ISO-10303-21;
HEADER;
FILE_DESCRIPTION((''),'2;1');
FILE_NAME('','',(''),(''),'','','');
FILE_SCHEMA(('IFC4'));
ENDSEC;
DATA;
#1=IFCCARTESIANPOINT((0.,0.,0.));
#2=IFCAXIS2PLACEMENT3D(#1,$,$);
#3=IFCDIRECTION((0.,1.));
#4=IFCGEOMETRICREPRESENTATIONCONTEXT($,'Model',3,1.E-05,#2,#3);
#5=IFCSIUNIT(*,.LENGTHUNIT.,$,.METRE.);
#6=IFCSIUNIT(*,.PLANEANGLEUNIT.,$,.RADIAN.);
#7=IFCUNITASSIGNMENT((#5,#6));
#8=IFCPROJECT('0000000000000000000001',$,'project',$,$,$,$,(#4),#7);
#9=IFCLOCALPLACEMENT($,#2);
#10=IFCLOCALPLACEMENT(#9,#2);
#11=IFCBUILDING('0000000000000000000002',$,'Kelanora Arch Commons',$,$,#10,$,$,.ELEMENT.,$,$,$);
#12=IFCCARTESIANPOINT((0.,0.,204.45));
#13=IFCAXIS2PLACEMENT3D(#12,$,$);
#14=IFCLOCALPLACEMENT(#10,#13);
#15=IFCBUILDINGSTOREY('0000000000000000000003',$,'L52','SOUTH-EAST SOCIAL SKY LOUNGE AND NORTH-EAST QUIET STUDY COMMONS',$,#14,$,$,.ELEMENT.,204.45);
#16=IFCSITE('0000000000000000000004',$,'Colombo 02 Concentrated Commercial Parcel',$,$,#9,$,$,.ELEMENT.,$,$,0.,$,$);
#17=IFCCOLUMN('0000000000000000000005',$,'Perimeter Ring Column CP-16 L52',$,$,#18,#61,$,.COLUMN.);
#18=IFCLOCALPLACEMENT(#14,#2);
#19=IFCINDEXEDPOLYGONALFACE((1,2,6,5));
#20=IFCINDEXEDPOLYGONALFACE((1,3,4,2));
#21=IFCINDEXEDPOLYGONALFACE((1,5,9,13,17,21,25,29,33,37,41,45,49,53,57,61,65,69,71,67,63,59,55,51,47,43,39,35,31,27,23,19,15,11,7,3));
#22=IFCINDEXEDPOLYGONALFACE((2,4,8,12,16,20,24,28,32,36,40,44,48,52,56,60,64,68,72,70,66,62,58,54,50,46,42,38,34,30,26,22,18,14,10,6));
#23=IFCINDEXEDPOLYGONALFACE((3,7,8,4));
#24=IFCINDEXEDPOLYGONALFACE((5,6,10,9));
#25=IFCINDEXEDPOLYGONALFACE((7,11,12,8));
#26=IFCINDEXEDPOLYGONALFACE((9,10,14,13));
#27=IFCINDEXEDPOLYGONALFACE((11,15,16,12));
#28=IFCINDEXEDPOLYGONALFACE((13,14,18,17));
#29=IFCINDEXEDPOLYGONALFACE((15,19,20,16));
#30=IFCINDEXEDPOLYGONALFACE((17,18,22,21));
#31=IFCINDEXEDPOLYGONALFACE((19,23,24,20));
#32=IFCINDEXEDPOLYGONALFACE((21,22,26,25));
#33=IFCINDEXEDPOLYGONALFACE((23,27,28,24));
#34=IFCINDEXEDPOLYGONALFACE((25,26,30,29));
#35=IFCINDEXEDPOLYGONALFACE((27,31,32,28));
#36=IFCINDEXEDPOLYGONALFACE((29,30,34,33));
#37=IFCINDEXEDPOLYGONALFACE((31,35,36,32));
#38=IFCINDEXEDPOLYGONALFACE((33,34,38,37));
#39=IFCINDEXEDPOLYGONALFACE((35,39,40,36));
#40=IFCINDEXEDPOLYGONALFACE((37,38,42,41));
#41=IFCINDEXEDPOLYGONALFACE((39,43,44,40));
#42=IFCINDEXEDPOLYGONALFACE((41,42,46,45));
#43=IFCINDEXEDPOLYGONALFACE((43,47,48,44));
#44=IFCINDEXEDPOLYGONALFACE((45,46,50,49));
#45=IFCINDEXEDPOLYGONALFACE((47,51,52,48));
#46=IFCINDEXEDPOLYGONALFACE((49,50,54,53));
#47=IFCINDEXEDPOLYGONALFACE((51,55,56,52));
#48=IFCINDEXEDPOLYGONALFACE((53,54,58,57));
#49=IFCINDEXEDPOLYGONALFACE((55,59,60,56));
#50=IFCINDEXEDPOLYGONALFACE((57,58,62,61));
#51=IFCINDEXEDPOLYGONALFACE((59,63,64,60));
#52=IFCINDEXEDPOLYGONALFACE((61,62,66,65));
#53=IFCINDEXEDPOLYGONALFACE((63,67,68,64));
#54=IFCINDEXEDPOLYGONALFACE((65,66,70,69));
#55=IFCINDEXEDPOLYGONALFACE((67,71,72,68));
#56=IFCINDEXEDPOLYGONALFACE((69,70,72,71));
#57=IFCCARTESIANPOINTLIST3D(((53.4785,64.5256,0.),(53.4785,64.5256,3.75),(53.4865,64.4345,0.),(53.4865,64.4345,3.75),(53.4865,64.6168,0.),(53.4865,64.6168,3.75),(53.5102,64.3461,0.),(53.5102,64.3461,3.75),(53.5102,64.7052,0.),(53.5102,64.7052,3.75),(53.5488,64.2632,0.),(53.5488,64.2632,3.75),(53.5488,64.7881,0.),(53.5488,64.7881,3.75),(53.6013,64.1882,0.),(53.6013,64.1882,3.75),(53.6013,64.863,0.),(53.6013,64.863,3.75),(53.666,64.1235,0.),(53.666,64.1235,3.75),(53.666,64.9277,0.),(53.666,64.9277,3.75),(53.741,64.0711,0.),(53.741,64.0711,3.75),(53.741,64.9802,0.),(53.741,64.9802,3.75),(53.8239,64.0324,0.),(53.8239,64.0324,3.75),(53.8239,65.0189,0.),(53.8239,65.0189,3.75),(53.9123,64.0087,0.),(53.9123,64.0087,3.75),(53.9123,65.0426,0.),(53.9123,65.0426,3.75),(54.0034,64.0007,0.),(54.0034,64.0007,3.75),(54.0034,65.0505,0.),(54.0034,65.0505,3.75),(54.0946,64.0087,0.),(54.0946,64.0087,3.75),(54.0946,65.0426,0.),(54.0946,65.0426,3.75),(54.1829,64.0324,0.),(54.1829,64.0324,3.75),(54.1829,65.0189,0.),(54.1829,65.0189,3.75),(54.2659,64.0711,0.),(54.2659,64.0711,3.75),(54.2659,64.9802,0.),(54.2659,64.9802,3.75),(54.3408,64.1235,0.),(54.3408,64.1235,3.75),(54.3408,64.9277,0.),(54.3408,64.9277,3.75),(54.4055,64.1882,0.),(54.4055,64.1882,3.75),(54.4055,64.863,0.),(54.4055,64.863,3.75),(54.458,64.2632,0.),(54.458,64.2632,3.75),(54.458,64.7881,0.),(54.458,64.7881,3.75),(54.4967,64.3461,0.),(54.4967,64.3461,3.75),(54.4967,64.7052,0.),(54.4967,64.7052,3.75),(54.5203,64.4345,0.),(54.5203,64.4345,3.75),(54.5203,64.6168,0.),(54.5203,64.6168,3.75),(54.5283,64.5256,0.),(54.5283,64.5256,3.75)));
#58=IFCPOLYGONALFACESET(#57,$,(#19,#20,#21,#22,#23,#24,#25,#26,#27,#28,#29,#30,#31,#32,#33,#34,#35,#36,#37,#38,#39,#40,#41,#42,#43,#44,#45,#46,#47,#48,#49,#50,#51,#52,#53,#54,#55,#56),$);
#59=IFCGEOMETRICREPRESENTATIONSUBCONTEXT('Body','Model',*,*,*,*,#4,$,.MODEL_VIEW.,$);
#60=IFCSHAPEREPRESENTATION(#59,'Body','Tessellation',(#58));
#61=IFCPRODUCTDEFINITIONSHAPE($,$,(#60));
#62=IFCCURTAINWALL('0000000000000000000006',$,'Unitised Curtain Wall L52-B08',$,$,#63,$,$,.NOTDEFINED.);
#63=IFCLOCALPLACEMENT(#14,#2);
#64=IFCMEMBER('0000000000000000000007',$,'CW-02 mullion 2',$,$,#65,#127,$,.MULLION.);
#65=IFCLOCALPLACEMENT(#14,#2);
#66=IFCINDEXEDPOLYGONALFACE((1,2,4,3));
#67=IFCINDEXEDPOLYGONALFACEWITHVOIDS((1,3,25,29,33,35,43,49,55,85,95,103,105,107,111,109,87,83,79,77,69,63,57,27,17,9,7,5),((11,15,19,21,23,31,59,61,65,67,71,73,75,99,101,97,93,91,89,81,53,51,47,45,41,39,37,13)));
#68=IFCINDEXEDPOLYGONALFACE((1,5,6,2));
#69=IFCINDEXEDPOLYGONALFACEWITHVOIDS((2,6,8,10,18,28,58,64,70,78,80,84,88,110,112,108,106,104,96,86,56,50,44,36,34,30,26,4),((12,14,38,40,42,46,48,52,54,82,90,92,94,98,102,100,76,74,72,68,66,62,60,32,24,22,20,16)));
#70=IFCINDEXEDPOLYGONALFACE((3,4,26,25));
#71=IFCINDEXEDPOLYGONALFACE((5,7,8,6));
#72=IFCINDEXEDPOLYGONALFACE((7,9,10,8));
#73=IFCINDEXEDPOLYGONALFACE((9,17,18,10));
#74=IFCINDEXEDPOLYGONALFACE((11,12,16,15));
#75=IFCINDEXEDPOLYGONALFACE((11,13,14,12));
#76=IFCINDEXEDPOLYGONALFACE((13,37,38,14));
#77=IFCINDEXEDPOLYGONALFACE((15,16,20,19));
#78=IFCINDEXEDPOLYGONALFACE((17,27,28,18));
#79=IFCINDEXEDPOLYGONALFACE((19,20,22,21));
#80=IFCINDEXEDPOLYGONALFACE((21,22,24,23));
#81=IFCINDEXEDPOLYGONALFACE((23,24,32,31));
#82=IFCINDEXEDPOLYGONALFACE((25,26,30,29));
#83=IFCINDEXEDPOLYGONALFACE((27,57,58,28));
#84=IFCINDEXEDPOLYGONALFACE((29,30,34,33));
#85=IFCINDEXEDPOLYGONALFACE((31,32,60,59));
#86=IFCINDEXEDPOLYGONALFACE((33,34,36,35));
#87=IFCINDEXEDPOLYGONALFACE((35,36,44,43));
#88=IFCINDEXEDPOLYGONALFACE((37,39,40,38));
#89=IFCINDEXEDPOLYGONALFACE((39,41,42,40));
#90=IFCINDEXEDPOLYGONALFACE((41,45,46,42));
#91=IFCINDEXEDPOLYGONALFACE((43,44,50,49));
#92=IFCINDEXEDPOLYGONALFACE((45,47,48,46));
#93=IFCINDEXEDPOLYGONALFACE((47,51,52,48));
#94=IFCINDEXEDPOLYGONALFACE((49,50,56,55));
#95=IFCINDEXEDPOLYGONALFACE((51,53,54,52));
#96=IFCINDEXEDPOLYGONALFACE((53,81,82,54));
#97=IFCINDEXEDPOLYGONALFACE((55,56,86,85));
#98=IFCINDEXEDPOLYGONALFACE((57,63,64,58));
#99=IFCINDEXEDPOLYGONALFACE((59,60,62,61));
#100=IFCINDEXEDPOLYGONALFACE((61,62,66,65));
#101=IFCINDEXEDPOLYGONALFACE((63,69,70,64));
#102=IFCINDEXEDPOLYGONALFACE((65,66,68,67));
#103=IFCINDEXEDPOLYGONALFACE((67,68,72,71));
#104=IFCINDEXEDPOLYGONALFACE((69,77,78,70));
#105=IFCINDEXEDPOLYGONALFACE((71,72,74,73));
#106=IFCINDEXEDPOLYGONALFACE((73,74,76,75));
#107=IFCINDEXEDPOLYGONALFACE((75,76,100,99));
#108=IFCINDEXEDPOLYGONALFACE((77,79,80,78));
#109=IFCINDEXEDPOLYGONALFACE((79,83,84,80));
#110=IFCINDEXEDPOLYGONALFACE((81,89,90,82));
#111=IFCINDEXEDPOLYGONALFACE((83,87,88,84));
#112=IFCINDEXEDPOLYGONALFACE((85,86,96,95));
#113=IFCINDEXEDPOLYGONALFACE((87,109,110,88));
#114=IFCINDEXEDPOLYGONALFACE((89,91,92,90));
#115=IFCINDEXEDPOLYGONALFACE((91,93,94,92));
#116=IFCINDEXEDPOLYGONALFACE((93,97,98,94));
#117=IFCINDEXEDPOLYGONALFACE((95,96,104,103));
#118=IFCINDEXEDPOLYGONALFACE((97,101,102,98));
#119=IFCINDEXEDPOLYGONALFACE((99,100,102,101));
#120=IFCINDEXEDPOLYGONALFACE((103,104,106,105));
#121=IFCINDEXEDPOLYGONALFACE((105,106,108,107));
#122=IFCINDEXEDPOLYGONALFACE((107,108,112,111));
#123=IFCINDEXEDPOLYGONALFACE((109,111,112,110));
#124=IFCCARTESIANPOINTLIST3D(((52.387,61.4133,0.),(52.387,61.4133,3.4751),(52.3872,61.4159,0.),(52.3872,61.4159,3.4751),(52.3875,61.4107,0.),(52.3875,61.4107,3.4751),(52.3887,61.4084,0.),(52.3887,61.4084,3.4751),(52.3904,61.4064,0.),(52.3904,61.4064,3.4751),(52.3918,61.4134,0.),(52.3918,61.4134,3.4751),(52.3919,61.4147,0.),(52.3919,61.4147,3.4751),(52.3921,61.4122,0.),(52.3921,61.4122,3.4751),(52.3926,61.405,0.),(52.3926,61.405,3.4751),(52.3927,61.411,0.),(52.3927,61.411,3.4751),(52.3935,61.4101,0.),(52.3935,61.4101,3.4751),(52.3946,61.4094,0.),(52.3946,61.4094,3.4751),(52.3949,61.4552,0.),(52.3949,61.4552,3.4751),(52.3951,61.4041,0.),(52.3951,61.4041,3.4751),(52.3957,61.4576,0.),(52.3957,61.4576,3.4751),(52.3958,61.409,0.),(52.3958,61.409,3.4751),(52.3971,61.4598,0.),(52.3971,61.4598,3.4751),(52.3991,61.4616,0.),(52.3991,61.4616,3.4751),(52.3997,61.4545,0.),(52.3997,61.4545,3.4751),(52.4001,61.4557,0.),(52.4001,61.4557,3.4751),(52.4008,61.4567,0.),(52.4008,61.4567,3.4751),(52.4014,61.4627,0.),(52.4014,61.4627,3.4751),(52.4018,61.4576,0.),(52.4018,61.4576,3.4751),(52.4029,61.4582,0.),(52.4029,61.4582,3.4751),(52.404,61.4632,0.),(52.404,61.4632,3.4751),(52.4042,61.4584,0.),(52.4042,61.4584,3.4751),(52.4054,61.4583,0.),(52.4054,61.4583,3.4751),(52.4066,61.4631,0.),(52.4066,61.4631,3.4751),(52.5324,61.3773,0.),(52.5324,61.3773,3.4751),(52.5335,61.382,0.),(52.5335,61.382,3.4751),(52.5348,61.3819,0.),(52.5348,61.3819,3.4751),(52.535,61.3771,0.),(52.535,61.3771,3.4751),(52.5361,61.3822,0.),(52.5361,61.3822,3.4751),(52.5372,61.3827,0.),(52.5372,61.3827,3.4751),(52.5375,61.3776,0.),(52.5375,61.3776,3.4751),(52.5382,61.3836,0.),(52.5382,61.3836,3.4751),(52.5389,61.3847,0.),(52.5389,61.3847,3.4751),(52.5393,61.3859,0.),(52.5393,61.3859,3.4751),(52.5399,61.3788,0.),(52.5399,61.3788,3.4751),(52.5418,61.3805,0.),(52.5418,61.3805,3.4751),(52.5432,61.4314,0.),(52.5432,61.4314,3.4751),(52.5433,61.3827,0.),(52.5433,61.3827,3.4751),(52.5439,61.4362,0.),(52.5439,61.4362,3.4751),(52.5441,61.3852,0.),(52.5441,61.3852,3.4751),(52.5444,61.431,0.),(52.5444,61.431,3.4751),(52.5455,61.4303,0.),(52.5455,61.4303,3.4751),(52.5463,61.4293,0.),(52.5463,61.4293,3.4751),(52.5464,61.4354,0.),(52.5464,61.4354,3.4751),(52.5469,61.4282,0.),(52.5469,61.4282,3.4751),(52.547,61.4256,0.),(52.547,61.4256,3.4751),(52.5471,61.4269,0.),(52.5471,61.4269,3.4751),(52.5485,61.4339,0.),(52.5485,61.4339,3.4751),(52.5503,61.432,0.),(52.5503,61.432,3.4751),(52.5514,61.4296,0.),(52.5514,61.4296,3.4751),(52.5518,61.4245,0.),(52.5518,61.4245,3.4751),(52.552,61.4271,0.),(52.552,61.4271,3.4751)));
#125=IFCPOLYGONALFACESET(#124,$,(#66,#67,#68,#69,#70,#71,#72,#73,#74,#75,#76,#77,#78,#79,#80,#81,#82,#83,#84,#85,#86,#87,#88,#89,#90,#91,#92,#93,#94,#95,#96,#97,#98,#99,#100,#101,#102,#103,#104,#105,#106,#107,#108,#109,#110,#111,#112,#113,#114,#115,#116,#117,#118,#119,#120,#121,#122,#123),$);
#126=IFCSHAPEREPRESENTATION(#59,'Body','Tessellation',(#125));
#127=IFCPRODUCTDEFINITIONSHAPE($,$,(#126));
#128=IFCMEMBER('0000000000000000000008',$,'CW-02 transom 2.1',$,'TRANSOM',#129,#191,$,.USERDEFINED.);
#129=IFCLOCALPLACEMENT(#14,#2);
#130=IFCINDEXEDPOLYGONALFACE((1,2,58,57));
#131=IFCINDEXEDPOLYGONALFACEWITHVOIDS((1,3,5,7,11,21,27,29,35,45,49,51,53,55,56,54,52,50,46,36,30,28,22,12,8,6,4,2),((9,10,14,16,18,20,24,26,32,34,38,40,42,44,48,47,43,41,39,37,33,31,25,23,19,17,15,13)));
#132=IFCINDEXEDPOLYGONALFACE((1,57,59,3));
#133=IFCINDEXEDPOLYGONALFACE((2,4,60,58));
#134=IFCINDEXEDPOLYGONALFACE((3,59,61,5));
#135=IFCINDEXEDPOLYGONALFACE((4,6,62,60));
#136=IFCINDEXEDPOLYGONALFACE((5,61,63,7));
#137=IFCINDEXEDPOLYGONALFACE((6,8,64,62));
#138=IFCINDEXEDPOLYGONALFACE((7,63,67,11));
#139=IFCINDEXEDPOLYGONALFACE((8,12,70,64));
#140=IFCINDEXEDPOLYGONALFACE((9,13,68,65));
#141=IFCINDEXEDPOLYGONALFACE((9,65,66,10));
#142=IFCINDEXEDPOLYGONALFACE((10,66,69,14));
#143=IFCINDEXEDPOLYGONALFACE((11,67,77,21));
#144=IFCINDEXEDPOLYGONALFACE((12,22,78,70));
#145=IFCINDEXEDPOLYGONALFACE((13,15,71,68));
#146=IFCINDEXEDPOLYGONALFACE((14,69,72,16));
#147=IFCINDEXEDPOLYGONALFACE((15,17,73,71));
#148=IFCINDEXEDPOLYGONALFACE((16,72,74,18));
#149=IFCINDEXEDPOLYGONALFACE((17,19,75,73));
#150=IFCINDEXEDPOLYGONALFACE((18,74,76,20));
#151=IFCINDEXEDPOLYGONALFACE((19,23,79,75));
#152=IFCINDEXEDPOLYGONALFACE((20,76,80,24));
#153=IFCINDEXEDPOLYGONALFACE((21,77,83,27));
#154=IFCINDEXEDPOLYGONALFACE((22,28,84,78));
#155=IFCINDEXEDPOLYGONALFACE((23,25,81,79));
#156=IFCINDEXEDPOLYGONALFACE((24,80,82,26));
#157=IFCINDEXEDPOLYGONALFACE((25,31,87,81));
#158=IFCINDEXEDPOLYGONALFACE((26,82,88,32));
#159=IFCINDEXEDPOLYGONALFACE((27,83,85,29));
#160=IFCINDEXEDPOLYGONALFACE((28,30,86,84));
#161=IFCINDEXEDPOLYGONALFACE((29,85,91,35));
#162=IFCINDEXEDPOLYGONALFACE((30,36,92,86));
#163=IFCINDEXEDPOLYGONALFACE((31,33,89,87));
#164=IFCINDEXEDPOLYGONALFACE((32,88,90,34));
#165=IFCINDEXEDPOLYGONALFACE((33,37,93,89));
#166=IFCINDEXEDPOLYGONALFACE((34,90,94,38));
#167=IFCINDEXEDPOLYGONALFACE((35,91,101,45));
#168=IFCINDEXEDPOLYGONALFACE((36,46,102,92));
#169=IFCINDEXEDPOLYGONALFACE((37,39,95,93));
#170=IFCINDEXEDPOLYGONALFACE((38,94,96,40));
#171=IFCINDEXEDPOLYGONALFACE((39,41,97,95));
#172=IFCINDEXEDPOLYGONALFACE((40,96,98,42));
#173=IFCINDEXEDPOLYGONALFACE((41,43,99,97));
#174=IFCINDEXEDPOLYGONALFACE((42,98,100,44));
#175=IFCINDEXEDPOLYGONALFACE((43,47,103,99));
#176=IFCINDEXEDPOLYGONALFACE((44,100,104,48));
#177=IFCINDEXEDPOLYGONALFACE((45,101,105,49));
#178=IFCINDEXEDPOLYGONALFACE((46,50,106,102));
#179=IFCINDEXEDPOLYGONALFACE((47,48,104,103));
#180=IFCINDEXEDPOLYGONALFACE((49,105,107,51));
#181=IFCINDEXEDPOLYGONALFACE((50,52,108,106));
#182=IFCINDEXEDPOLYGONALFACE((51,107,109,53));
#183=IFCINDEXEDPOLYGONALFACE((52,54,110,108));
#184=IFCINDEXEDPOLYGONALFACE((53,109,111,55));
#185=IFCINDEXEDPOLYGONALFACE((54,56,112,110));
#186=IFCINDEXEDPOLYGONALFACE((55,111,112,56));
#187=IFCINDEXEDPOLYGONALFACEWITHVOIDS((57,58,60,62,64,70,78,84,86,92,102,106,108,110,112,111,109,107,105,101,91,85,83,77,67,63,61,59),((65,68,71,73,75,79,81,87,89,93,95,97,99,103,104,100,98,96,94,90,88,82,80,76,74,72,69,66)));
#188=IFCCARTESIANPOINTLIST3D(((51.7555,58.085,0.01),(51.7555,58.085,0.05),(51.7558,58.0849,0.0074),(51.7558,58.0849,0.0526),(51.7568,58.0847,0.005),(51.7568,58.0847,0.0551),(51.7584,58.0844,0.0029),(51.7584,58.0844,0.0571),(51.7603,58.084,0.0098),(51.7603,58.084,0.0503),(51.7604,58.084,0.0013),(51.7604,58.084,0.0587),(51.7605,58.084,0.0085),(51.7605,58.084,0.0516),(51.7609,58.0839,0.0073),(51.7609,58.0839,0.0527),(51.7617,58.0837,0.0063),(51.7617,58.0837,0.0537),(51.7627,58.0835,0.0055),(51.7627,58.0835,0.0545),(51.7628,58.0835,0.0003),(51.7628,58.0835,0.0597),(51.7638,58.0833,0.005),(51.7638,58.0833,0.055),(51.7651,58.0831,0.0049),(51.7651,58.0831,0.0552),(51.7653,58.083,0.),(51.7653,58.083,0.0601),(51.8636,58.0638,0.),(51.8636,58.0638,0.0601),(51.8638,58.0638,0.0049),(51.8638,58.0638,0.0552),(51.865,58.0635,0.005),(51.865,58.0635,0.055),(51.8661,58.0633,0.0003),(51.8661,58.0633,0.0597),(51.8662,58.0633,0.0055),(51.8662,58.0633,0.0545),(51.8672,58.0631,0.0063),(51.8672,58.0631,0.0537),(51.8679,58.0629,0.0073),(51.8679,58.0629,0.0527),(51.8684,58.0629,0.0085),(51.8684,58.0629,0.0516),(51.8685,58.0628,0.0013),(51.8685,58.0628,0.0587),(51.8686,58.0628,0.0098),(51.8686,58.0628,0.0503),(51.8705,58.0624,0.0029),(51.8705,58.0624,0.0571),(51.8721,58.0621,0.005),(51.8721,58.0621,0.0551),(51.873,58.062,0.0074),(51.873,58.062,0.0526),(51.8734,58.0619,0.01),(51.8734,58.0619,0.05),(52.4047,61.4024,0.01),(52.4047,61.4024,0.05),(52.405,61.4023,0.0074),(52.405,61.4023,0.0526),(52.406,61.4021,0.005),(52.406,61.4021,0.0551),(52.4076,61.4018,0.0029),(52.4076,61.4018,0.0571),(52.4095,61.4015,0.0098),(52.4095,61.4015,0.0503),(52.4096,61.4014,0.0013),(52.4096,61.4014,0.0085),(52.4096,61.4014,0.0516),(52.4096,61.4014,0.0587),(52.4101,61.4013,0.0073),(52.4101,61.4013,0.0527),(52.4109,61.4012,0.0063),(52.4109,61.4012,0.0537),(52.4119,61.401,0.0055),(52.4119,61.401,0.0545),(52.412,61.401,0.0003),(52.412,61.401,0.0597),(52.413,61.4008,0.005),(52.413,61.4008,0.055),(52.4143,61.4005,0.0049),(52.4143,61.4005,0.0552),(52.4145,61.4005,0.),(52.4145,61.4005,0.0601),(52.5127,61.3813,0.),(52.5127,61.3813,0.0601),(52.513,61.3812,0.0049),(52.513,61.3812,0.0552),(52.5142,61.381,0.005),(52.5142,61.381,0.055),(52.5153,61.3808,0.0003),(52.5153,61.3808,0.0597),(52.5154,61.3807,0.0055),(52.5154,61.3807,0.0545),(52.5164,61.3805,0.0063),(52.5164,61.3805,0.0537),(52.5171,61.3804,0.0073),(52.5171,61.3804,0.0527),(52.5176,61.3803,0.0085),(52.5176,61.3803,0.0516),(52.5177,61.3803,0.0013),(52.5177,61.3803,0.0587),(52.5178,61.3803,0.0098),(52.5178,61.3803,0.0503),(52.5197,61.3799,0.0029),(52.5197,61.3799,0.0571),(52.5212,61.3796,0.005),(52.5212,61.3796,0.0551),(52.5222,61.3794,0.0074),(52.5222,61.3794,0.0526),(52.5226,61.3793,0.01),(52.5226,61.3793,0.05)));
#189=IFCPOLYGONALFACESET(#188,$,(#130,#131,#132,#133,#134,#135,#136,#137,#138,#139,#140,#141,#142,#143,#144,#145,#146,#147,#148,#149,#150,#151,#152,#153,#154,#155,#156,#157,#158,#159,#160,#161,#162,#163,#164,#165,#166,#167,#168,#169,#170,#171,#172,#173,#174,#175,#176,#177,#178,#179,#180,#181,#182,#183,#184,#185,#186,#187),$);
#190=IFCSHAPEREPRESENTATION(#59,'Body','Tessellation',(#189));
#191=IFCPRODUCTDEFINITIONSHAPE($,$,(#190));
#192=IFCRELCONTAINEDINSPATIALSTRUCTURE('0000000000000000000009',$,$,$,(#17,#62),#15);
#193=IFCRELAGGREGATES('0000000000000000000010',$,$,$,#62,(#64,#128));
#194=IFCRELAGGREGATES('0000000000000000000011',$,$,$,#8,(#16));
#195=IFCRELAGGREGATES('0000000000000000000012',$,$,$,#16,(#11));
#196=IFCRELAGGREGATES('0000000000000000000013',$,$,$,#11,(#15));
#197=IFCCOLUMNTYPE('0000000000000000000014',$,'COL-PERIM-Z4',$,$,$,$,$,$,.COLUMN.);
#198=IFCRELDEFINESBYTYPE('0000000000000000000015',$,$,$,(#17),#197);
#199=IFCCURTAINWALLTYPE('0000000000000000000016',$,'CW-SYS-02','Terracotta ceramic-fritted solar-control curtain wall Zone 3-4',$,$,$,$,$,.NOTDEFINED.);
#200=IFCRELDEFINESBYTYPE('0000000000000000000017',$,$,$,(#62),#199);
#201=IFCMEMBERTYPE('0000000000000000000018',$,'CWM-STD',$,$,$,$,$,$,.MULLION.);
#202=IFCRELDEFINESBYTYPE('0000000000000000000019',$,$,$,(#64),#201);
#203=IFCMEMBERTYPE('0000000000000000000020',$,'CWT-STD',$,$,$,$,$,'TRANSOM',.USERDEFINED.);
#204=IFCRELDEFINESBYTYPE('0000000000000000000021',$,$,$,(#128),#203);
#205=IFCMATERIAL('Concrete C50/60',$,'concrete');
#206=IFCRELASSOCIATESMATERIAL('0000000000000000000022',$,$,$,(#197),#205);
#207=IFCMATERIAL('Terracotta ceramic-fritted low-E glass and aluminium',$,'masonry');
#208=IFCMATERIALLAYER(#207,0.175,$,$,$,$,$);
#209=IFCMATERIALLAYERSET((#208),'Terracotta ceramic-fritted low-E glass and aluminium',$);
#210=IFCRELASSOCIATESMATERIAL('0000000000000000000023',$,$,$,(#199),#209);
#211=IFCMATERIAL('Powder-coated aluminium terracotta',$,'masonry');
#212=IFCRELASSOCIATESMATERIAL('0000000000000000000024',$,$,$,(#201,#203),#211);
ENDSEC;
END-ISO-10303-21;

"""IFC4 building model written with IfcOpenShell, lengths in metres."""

from ifc_helpers import new_model, si_unit, direction, frame, origin, origin_2d, place, context, subcontext, project, spatial, hollow_rectangle, circle, extrude, material, layer, layer_set, material_profile, profile_set, type_object, element, aggregate, save


model = new_model("IFC4")

# Units and contexts
model_context = context("Model", 3, precision=1e-05, world=origin(), true_north=direction((0.0, 1.0)))
body_context = subcontext(model_context, "Body", "Model", "MODEL_VIEW")
ifc_project = project(units=[si_unit("LENGTHUNIT", "METRE"), si_unit("PLANEANGLEUNIT", "RADIAN")], contexts=[model_context])

# Site, building, storey
site_placement = place(None, origin())
site = spatial("IfcSite", under=ifc_project, at=site_placement, Name="Colombo 02 Concentrated Commercial Parcel", CompositionType="ELEMENT", RefElevation=0.0)
building_placement = place(site_placement, origin())
building = spatial("IfcBuilding", under=site, at=building_placement, Name="Kelanora Arch Commons", CompositionType="ELEMENT")
storey_placement = place(building_placement, frame((0.0, 0.0, 204.45)))
storey = spatial("IfcBuildingStorey", under=building, at=storey_placement, Name="L52", Description="SOUTH-EAST SOCIAL SKY LOUNGE AND NORTH-EAST QUIET STUDY COMMONS", CompositionType="ELEMENT", Elevation=204.45)

# Column
ifc_material_1 = material(Name="Concrete C50/60", Category="concrete")
ifc_material_profile_1 = material_profile(ifc_material_1, circle(Radius=0.5249, at=origin_2d()), Name="RCC1050")
ifc_profile_set_1 = profile_set([ifc_material_profile_1], Name="Concrete C50/60")
column_type = type_object("IfcColumnType", Name="COL-PERIM-Z4", PredefinedType="COLUMN", material=ifc_profile_set_1)
column_placement = place(storey_placement, frame((54.0034, 64.5256, 0.0), z_axis=(0.0, 0.0, 1.0), x_axis=(1.0, 0.0, 0.0)))
element("IfcColumn", 1, at=column_placement, inside=storey, type_object=column_type, Name="Perimeter Ring Column CP-16 L52", PredefinedType="COLUMN", context=body_context, shape_type="SweptSolid", body=[
    extrude(circle(Radius=0.5249, at=origin_2d()), origin(), (0.0, 0.0, 1.0), 3.75),
])

# Curtain wall, members
ifc_material_2 = material(Name="Terracotta ceramic-fritted low-E glass and aluminium", Category="masonry")
ifc_layer_1 = layer(ifc_material_2, 0.175)
ifc_layer_set_1 = layer_set([ifc_layer_1], Name="Terracotta ceramic-fritted low-E glass and aluminium")
curtain_wall_type = type_object("IfcCurtainWallType", Name="CW-SYS-02", Description="Terracotta ceramic-fritted solar-control curtain wall Zone 3-4", PredefinedType="NOTDEFINED", material=ifc_layer_set_1)
curtain_wall_placement = place(storey_placement, origin())
curtain_wall = element("IfcCurtainWall", 2, at=curtain_wall_placement, inside=storey, type_object=curtain_wall_type, Name="Unitised Curtain Wall L52-B08", PredefinedType="NOTDEFINED")
ifc_material_3 = material(Name="Powder-coated aluminium terracotta", Category="masonry")
ifc_material_profile_2 = material_profile(ifc_material_3, hollow_rectangle(XDim=0.1599, YDim=0.0601, WallThickness=0.0049, InnerFilletRadius=0.0049, OuterFilletRadius=0.01, at=origin_2d()), Name="CWM160x60")
ifc_profile_set_2 = profile_set([ifc_material_profile_2], Name="Powder-coated aluminium terracotta")
member_type_1 = type_object("IfcMemberType", Name="CWM-STD", PredefinedType="MULLION", material=ifc_profile_set_2)
member_1_placement = place(storey_placement, frame((52.4695, 61.4202, 0.0), z_axis=(0.0, 0.0, 1.0), x_axis=(0.981381, -0.192069, 0.0)))
member_1 = element("IfcMember", 3, at=member_1_placement, type_object=member_type_1, Name="CW-02 mullion 2", PredefinedType="MULLION", context=body_context, shape_type="SweptSolid", body=[
    extrude(hollow_rectangle(XDim=0.1599, YDim=0.0601, WallThickness=0.0049, InnerFilletRadius=0.0049, OuterFilletRadius=0.01, at=origin_2d()), origin(), (0.0, 0.0, 1.0), 3.4751),
])
ifc_material_profile_3 = material_profile(ifc_material_3, hollow_rectangle(XDim=0.1201, YDim=0.0601, WallThickness=0.0049, InnerFilletRadius=0.0049, OuterFilletRadius=0.01, at=origin_2d()), Name="CWT120x60")
ifc_profile_set_3 = profile_set([ifc_material_profile_3], Name="Powder-coated aluminium terracotta")
member_type_2 = type_object("IfcMemberType", Name="CWT-STD", ElementType="TRANSOM", PredefinedType="USERDEFINED", material=ifc_profile_set_3)
member_2_placement = place(storey_placement, frame((52.4636, 61.3909, 0.03), z_axis=(-0.192045, -0.981386, 0.0), x_axis=(0.981386, -0.192045, 0.0)))
member_2 = element("IfcMember", 4, at=member_2_placement, type_object=member_type_2, Name="CW-02 transom 2.1", ObjectType="TRANSOM", PredefinedType="USERDEFINED", context=body_context, shape_type="SweptSolid", body=[
    extrude(hollow_rectangle(XDim=0.1201, YDim=0.0601, WallThickness=0.0049, InnerFilletRadius=0.0049, OuterFilletRadius=0.01, at=origin_2d()), origin(), (0.0, 0.0, 1.0), 3.3804),
])
aggregate(curtain_wall, [member_1, member_2])

save(model, "model.ifc")
